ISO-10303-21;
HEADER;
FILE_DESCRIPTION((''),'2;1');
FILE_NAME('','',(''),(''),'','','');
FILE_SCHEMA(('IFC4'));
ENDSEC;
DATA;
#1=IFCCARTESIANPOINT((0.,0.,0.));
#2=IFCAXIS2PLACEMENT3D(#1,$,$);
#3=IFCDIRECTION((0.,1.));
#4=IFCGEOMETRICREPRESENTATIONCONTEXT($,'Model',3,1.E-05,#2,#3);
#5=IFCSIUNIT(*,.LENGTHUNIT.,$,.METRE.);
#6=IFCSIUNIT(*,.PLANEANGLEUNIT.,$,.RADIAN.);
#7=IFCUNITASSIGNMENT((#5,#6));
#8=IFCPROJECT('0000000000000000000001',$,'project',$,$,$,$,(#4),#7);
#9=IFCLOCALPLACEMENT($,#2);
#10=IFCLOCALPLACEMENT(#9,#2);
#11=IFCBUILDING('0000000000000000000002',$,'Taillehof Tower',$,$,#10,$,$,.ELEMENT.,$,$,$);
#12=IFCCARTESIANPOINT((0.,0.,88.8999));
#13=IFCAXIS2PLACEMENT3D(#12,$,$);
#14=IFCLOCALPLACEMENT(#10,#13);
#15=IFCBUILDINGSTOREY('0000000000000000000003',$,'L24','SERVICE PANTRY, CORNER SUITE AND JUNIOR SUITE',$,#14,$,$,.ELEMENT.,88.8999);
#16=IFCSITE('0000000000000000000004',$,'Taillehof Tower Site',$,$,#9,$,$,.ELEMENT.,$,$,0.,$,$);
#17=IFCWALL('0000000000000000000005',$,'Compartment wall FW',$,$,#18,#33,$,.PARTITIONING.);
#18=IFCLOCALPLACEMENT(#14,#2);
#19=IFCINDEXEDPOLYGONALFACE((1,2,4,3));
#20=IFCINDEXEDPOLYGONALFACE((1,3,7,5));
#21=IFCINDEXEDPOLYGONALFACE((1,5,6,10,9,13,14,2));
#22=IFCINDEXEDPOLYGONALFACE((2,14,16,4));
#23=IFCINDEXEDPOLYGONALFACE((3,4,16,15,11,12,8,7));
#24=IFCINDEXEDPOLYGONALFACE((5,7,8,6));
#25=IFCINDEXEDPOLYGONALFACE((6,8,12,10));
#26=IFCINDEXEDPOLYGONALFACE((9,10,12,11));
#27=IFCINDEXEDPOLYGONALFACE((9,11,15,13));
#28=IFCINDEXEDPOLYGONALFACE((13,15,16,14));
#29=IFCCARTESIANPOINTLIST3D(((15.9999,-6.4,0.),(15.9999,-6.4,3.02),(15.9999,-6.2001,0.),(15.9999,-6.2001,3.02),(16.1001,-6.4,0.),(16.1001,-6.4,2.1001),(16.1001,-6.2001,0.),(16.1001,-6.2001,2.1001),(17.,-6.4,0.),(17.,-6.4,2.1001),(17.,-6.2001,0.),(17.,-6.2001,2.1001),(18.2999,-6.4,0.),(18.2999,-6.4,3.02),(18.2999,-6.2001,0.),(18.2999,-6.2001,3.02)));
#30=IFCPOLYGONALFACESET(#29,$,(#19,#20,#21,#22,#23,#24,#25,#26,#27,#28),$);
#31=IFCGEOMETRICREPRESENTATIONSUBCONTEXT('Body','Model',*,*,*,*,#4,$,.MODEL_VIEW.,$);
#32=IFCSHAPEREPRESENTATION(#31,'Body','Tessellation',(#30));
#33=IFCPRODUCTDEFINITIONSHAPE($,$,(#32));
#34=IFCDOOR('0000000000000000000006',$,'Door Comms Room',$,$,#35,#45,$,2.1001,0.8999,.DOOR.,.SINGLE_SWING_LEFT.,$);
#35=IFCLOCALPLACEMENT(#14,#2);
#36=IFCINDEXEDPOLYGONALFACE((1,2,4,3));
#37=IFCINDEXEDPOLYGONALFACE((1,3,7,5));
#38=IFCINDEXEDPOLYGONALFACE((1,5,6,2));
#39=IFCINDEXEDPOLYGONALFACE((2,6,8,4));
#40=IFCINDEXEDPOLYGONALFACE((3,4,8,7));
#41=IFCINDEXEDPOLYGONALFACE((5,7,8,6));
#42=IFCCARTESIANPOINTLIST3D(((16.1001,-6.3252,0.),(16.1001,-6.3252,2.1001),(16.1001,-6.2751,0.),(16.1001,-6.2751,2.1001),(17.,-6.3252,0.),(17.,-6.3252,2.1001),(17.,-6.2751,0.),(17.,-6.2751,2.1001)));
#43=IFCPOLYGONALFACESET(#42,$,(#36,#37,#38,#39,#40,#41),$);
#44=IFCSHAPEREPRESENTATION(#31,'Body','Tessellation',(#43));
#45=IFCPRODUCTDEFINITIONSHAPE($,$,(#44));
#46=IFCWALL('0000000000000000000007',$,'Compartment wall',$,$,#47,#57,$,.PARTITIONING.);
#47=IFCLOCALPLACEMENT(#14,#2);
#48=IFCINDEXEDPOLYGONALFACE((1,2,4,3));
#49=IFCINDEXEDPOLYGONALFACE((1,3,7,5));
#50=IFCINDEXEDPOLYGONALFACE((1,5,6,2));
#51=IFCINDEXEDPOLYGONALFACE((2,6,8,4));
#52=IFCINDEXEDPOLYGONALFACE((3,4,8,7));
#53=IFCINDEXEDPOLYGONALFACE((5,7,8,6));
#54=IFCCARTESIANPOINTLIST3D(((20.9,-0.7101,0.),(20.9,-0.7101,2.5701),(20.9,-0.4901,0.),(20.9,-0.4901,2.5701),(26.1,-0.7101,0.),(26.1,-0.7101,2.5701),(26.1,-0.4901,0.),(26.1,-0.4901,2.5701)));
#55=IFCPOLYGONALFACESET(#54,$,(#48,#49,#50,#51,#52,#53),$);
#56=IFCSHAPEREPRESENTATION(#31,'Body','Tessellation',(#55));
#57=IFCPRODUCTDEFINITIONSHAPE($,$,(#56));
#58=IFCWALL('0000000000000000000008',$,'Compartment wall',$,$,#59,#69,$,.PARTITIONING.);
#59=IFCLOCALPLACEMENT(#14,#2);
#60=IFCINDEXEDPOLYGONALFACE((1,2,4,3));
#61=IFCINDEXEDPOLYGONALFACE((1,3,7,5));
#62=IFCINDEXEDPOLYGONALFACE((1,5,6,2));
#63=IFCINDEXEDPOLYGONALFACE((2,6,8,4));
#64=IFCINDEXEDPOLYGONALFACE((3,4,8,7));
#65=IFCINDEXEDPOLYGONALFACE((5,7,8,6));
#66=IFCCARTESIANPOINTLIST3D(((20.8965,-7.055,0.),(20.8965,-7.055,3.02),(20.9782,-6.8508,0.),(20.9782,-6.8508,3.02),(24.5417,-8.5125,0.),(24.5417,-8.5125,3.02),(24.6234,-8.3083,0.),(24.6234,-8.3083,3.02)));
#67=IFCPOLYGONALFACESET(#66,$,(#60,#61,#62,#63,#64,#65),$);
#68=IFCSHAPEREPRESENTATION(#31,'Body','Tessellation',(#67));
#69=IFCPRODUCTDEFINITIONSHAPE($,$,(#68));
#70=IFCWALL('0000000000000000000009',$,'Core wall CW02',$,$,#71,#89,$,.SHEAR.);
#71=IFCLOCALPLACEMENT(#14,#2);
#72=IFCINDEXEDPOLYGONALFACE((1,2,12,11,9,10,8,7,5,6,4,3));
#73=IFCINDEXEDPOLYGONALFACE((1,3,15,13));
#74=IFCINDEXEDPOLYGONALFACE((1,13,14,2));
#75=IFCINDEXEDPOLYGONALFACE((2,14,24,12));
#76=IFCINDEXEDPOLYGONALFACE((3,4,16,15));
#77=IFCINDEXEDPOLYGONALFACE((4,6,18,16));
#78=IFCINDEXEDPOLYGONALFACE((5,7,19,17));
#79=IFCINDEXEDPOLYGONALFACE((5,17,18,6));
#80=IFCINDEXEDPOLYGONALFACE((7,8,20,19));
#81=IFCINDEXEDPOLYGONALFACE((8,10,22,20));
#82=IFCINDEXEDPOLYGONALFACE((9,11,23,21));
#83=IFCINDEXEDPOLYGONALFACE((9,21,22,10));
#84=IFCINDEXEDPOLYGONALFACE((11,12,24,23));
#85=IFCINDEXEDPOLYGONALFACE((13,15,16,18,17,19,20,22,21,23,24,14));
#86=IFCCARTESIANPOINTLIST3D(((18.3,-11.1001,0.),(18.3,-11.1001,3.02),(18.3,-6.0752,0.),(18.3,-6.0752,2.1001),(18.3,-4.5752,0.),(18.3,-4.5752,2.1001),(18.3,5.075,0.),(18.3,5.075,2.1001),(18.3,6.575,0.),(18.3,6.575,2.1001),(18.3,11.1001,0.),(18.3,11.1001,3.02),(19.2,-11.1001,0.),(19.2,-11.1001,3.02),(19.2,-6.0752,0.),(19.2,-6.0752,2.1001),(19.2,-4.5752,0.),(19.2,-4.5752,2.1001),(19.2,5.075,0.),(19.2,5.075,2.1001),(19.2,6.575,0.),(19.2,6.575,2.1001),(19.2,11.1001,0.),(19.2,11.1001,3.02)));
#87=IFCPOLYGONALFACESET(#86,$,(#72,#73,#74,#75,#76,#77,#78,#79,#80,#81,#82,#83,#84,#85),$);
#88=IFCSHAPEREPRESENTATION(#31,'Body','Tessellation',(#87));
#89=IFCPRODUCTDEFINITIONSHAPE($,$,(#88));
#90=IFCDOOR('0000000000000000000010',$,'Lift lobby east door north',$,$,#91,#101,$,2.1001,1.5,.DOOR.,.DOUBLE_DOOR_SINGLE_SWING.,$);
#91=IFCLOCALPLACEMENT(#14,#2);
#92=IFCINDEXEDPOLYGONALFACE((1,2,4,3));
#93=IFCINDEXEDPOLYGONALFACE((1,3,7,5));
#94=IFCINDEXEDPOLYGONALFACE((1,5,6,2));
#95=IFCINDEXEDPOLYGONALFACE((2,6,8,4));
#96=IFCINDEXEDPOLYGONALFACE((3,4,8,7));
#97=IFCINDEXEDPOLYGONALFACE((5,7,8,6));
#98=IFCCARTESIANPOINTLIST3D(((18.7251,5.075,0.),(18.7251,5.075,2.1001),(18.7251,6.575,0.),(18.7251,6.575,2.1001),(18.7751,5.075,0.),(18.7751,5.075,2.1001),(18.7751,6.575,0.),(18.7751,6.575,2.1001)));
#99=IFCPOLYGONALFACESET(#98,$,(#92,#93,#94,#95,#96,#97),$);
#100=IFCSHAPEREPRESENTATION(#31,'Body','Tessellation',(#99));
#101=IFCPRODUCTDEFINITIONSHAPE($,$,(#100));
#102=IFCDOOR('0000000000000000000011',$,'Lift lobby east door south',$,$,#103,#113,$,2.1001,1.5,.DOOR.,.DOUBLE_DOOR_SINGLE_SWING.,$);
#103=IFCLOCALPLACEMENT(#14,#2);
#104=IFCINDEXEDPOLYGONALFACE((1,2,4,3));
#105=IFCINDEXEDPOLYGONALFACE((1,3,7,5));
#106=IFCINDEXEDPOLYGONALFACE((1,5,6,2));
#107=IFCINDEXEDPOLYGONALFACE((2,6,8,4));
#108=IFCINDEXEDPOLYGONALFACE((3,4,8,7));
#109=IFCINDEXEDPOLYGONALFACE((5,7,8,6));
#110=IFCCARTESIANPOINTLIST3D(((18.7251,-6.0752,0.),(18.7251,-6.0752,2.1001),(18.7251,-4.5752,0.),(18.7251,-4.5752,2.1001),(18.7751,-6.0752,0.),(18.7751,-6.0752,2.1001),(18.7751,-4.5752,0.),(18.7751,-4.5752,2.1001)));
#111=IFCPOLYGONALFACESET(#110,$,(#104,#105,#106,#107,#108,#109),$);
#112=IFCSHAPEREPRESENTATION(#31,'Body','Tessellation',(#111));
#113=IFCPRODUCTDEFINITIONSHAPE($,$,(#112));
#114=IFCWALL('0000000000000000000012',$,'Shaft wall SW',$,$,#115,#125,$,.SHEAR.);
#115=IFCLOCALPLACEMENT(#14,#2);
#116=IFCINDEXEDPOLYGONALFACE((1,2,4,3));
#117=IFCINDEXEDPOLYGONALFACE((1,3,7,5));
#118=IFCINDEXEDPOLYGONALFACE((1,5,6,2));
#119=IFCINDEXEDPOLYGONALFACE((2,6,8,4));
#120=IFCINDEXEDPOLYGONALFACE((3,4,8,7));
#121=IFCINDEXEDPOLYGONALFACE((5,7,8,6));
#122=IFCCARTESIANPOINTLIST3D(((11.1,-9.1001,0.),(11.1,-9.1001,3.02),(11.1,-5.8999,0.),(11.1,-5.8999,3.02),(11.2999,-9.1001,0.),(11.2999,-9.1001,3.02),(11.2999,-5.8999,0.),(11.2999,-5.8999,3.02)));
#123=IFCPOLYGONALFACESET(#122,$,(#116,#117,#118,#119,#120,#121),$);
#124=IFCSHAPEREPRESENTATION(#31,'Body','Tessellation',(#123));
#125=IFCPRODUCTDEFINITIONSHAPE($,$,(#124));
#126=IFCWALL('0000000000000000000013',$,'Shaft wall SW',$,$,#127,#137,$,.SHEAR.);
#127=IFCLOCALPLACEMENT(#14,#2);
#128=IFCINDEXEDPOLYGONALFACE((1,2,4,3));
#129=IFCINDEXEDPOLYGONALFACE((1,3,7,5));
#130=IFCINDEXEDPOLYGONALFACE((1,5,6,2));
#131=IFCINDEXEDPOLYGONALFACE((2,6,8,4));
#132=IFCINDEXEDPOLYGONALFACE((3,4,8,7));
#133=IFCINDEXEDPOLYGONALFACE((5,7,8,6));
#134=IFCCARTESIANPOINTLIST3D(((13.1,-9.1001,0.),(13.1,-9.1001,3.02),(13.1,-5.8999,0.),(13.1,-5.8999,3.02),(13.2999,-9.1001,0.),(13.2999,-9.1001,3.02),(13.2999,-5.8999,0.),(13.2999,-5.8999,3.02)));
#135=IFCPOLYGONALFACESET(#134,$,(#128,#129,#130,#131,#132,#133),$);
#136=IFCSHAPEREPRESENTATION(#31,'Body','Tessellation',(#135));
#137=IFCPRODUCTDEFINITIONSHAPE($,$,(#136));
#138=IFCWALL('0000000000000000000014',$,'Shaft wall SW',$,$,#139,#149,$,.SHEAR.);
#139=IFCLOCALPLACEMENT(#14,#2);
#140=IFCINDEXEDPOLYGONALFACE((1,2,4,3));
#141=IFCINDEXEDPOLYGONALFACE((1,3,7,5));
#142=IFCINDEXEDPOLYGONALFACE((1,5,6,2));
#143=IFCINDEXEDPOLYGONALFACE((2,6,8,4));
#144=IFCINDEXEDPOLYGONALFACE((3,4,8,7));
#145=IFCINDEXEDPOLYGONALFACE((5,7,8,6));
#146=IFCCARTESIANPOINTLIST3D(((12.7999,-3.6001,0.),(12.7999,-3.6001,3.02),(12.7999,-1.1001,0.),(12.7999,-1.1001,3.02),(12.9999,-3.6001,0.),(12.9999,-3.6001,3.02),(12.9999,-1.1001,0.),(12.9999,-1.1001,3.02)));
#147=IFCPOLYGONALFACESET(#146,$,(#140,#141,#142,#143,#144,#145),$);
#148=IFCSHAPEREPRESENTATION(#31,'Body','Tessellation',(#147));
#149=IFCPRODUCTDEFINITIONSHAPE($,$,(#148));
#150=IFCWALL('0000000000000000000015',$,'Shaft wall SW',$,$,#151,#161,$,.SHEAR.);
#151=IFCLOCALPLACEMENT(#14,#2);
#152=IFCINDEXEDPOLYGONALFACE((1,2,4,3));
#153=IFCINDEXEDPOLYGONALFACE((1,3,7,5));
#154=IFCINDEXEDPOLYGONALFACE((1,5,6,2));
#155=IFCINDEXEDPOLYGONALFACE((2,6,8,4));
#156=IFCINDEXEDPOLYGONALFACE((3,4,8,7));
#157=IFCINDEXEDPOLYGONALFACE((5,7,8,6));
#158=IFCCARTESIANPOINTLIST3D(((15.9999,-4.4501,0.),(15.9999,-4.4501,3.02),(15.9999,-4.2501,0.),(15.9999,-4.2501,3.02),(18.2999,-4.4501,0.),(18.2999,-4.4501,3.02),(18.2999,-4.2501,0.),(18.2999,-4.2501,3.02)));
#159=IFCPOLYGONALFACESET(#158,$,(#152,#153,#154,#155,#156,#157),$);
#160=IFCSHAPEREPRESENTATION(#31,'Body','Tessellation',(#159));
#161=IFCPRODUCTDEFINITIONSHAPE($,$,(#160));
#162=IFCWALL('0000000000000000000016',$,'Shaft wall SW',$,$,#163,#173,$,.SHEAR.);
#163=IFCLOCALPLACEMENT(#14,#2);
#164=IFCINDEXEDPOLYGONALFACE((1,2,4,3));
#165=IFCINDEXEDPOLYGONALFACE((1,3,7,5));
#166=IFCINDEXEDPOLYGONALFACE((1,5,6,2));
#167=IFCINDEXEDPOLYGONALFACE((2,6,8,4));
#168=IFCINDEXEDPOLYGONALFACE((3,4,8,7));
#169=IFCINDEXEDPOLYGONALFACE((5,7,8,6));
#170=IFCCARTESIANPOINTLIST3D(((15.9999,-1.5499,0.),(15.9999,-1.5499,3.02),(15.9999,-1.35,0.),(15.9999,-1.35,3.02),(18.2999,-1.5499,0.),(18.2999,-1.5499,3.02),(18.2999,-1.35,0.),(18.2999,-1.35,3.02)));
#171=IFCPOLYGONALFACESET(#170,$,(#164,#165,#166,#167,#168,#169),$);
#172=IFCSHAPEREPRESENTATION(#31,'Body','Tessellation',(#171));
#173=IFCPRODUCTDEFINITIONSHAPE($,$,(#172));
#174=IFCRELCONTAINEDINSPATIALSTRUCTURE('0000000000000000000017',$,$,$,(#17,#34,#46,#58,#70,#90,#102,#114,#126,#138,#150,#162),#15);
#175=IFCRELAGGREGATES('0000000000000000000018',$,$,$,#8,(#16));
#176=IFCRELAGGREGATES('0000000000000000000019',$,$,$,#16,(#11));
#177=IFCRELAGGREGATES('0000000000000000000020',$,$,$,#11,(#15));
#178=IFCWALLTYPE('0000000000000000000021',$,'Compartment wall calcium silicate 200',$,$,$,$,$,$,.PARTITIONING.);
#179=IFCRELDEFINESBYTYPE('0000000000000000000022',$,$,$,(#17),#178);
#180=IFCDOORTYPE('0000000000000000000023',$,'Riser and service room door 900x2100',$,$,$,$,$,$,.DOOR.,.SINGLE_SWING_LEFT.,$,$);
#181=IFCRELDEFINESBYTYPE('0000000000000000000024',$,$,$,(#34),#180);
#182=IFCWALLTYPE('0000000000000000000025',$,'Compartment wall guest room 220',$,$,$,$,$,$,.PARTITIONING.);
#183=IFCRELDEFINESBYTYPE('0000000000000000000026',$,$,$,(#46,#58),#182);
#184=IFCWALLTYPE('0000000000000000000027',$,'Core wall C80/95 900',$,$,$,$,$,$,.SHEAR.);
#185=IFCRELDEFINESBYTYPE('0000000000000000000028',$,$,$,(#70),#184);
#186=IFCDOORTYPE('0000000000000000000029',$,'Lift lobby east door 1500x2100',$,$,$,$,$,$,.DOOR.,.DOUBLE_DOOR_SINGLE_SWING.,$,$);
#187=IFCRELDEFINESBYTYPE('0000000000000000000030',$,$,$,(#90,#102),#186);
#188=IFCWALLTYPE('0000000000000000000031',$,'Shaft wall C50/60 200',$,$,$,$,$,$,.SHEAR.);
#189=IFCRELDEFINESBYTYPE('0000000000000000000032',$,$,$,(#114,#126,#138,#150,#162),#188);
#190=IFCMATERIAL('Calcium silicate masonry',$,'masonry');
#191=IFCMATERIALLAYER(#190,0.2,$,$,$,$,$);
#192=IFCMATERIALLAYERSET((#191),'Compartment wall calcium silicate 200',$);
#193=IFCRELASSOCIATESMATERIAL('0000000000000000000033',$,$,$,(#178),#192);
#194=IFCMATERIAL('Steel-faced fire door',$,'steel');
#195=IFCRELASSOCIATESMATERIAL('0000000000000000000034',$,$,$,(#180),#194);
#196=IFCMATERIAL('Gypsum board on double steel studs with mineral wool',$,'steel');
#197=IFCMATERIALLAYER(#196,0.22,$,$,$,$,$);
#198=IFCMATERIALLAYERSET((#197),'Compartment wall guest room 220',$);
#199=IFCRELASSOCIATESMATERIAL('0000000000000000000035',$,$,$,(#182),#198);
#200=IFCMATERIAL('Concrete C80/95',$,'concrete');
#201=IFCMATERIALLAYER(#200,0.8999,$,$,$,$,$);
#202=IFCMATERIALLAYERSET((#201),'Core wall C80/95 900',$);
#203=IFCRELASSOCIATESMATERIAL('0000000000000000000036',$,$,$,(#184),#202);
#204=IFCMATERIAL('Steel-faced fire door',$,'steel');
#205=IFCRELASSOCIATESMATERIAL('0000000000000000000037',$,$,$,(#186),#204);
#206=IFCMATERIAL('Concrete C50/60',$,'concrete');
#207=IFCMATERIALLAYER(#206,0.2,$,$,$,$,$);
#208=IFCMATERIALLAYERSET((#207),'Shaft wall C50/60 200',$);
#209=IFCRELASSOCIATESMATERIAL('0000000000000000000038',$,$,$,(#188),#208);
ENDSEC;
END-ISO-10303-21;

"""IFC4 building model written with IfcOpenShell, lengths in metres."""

from ifc_helpers import new_model, si_unit, direction, frame, frame_2d, origin, place, context, subcontext, project, spatial, rectangle, extrude, material, layer, layer_set, type_object, element, fill, save


model = new_model("IFC4")

# Units and contexts
model_context = context("Model", 3, precision=1e-05, world=origin(), true_north=direction((0.0, 1.0)))
body_context = subcontext(model_context, "Body", "Model", "MODEL_VIEW")
ifc_project = project(units=[si_unit("LENGTHUNIT", "METRE"), si_unit("PLANEANGLEUNIT", "RADIAN")], contexts=[model_context])

# Site, building, storey
site_placement = place(None, origin())
site = spatial("IfcSite", under=ifc_project, at=site_placement, Name="Taillehof Tower Site", CompositionType="ELEMENT", RefElevation=0.0)
building_placement = place(site_placement, origin())
building = spatial("IfcBuilding", under=site, at=building_placement, Name="Taillehof Tower", CompositionType="ELEMENT")
storey_placement = place(building_placement, frame((0.0, 0.0, 88.8999)))
storey = spatial("IfcBuildingStorey", under=building, at=storey_placement, Name="L24", Description="SERVICE PANTRY, CORNER SUITE AND JUNIOR SUITE", CompositionType="ELEMENT", Elevation=88.8999)

# Shared definitions
ifc_material_1 = material(Name="Calcium silicate masonry", Category="masonry")
ifc_layer_1 = layer(ifc_material_1, 0.2)
ifc_layer_set_1 = layer_set([ifc_layer_1], Name="Compartment wall calcium silicate 200")
wall_type_1 = type_object("IfcWallType", Name="Compartment wall calcium silicate 200", PredefinedType="PARTITIONING", material=ifc_layer_set_1)

# Wall, opening, door
wall_1_placement = place(storey_placement, frame((16.0, -6.3, 0.0), z_axis=(0.0, 0.0, 1.0), x_axis=(1.0, 0.0, 0.0)))
wall_1 = element("IfcWall", 1, at=wall_1_placement, inside=storey, type_object=wall_type_1, Name="Compartment wall FW", PredefinedType="PARTITIONING", context=body_context, shape_type="SweptSolid", body=[
    extrude(rectangle(XDim=2.3, YDim=0.2, at=frame_2d((1.1499, 0.0))), origin(), (0.0, 0.0, 1.0), 3.02),
])
opening_1_placement = place(wall_1_placement, frame((0.1001, 0.0, 0.0)))
opening_1 = element("IfcOpeningElement", 2, at=opening_1_placement, cuts=wall_1, PredefinedType="OPENING", context=body_context, shape_type="SweptSolid", body=[
    extrude(rectangle(XDim=0.8999, YDim=2.1001, at=frame_2d((0.45, 1.05))), frame((0.0, 0.1099, 0.0), z_axis=(0.0, -1.0, 0.0), x_axis=(1.0, 0.0, 0.0)), (0.0, 0.0, 1.0), 0.22),
])
ifc_material_2 = material(Name="Steel-faced fire door", Category="steel")
door_type_1 = type_object("IfcDoorType", Name="Riser and service room door 900x2100", OperationType="SINGLE_SWING_LEFT", PredefinedType="DOOR", material=ifc_material_2)
door_1_placement = place(opening_1_placement, origin())
door_1 = element("IfcDoor", 3, at=door_1_placement, inside=storey, type_object=door_type_1, Name="Door Comms Room", OperationType="SINGLE_SWING_LEFT", OverallHeight=2.1001, OverallWidth=0.8999, PredefinedType="DOOR", context=body_context, shape_type="SweptSolid", body=[
    extrude(rectangle(XDim=0.8999, YDim=2.1001, at=frame_2d((0.45, 1.05))), frame((0.0, 0.0249, 0.0), z_axis=(0.0, -1.0, 0.0), x_axis=(1.0, 0.0, 0.0)), (0.0, 0.0, 1.0), 0.05),
])
fill(opening_1, door_1)

# Walls
ifc_material_3 = material(Name="Gypsum board on double steel studs with mineral wool", Category="steel")
ifc_layer_2 = layer(ifc_material_3, 0.22)
ifc_layer_set_2 = layer_set([ifc_layer_2], Name="Compartment wall guest room 220")
wall_type_2 = type_object("IfcWallType", Name="Compartment wall guest room 220", PredefinedType="PARTITIONING", material=ifc_layer_set_2)
wall_2_placement = place(storey_placement, frame((26.1001, -0.6001, 0.0), z_axis=(0.0, 0.0, 1.0), x_axis=(-1.0, 0.0, 0.0)))
element("IfcWall", 4, at=wall_2_placement, inside=storey, type_object=wall_type_2, Name="Compartment wall", PredefinedType="PARTITIONING", context=body_context, shape_type="SweptSolid", body=[
    extrude(rectangle(XDim=5.2, YDim=0.22, at=frame_2d((2.6001, 0.0))), origin(), (0.0, 0.0, 1.0), 2.5701),
])
wall_3_placement = place(storey_placement, frame((24.5825, -8.4104, 0.0), z_axis=(0.0, 0.0, 1.0), x_axis=(-0.928528, 0.371262, 0.0)))
element("IfcWall", 5, at=wall_3_placement, inside=storey, type_object=wall_type_2, Name="Compartment wall", PredefinedType="PARTITIONING", context=body_context, shape_type="SweptSolid", body=[
    extrude(rectangle(XDim=3.9258, YDim=0.22, at=frame_2d((1.9629, 0.0))), origin(), (0.0, 0.0, 1.0), 3.02),
])

# Wall, openings, doors
ifc_material_4 = material(Name="Concrete C80/95", Category="concrete")
ifc_layer_3 = layer(ifc_material_4, 0.8999)
ifc_layer_set_3 = layer_set([ifc_layer_3], Name="Core wall C80/95 900")
wall_type_3 = type_object("IfcWallType", Name="Core wall C80/95 900", PredefinedType="SHEAR", material=ifc_layer_set_3)
wall_4_placement = place(storey_placement, frame((18.75, -11.1001, 0.0), z_axis=(0.0, 0.0, 1.0), x_axis=(0.0, 1.0, 0.0)))
wall_4 = element("IfcWall", 6, at=wall_4_placement, inside=storey, type_object=wall_type_3, Name="Core wall CW02", PredefinedType="SHEAR", context=body_context, shape_type="SweptSolid", body=[
    extrude(rectangle(XDim=22.2002, YDim=0.8999, at=frame_2d((11.1001, 0.0))), origin(), (0.0, 0.0, 1.0), 3.02),
])
opening_2_placement = place(wall_4_placement, frame((16.175, 0.0, 0.0)))
opening_2 = element("IfcOpeningElement", 7, at=opening_2_placement, cuts=wall_4, PredefinedType="OPENING", context=body_context, shape_type="SweptSolid", body=[
    extrude(rectangle(XDim=1.5, YDim=2.1001, at=frame_2d((0.75, 1.05))), frame((0.0, 0.46, 0.0), z_axis=(0.0, -1.0, 0.0), x_axis=(1.0, 0.0, 0.0)), (0.0, 0.0, 1.0), 0.9199),
])
opening_3_placement = place(wall_4_placement, frame((5.0249, 0.0, 0.0)))
opening_3 = element("IfcOpeningElement", 8, at=opening_3_placement, cuts=wall_4, PredefinedType="OPENING", context=body_context, shape_type="SweptSolid", body=[
    extrude(rectangle(XDim=1.5, YDim=2.1001, at=frame_2d((0.75, 1.05))), frame((0.0, 0.46, 0.0), z_axis=(0.0, -1.0, 0.0), x_axis=(1.0, 0.0, 0.0)), (0.0, 0.0, 1.0), 0.9199),
])
ifc_material_5 = material(Name="Steel-faced fire door", Category="steel")
door_type_2 = type_object("IfcDoorType", Name="Lift lobby east door 1500x2100", OperationType="DOUBLE_DOOR_SINGLE_SWING", PredefinedType="DOOR", material=ifc_material_5)
door_2_placement = place(opening_2_placement, origin())
door_2 = element("IfcDoor", 9, at=door_2_placement, inside=storey, type_object=door_type_2, Name="Lift lobby east door north", OperationType="DOUBLE_DOOR_SINGLE_SWING", OverallHeight=2.1001, OverallWidth=1.5, PredefinedType="DOOR", context=body_context, shape_type="SweptSolid", body=[
    extrude(rectangle(XDim=1.5, YDim=2.1001, at=frame_2d((0.75, 1.05))), frame((0.0, 0.0249, 0.0), z_axis=(0.0, -1.0, 0.0), x_axis=(1.0, 0.0, 0.0)), (0.0, 0.0, 1.0), 0.05),
])
fill(opening_2, door_2)
door_3_placement = place(opening_3_placement, origin())
door_3 = element("IfcDoor", 10, at=door_3_placement, inside=storey, type_object=door_type_2, Name="Lift lobby east door south", OperationType="DOUBLE_DOOR_SINGLE_SWING", OverallHeight=2.1001, OverallWidth=1.5, PredefinedType="DOOR", context=body_context, shape_type="SweptSolid", body=[
    extrude(rectangle(XDim=1.5, YDim=2.1001, at=frame_2d((0.75, 1.05))), frame((0.0, 0.0249, 0.0), z_axis=(0.0, -1.0, 0.0), x_axis=(1.0, 0.0, 0.0)), (0.0, 0.0, 1.0), 0.05),
])
fill(opening_3, door_3)

# Walls
ifc_material_6 = material(Name="Concrete C50/60", Category="concrete")
ifc_layer_4 = layer(ifc_material_6, 0.2)
ifc_layer_set_4 = layer_set([ifc_layer_4], Name="Shaft wall C50/60 200")
wall_type_4 = type_object("IfcWallType", Name="Shaft wall C50/60 200", PredefinedType="SHEAR", material=ifc_layer_set_4)
for number, where, z_axis, x_axis, name in (
    (11, (11.2, -9.1001, 0.0), (0.0, 0.0, 1.0), (0.0, 1.0, 0.0), "Shaft wall SW"),
    (12, (13.2, -9.1001, 0.0), (0.0, 0.0, 1.0), (0.0, 1.0, 0.0), "Shaft wall SW"),
):
    element("IfcWall", number, at=place(storey_placement, frame(where, z_axis=z_axis, x_axis=x_axis)), inside=storey, type_object=wall_type_4, Name=name, PredefinedType="SHEAR", context=body_context, shape_type="SweptSolid", body=[
        extrude(rectangle(XDim=3.2002, YDim=0.2, at=frame_2d((1.6001, 0.0))), origin(), (0.0, 0.0, 1.0), 3.02),
    ])
wall_5_placement = place(storey_placement, frame((12.8999, -3.6001, 0.0), z_axis=(0.0, 0.0, 1.0), x_axis=(0.0, 1.0, 0.0)))
element("IfcWall", 13, at=wall_5_placement, inside=storey, type_object=wall_type_4, Name="Shaft wall SW", PredefinedType="SHEAR", context=body_context, shape_type="SweptSolid", body=[
    extrude(rectangle(XDim=2.5, YDim=0.2, at=frame_2d((1.25, 0.0))), origin(), (0.0, 0.0, 1.0), 3.02),
])
for number, where, z_axis, x_axis, name in (
    (14, (16.0, -4.3501, 0.0), (0.0, 0.0, 1.0), (1.0, 0.0, 0.0), "Shaft wall SW"),
    (15, (16.0, -1.45, 0.0), (0.0, 0.0, 1.0), (1.0, 0.0, 0.0), "Shaft wall SW"),
):
    element("IfcWall", number, at=place(storey_placement, frame(where, z_axis=z_axis, x_axis=x_axis)), inside=storey, type_object=wall_type_4, Name=name, PredefinedType="SHEAR", context=body_context, shape_type="SweptSolid", body=[
        extrude(rectangle(XDim=2.3, YDim=0.2, at=frame_2d((1.1499, 0.0))), origin(), (0.0, 0.0, 1.0), 3.02),
    ])

save(model, "model.ifc")
